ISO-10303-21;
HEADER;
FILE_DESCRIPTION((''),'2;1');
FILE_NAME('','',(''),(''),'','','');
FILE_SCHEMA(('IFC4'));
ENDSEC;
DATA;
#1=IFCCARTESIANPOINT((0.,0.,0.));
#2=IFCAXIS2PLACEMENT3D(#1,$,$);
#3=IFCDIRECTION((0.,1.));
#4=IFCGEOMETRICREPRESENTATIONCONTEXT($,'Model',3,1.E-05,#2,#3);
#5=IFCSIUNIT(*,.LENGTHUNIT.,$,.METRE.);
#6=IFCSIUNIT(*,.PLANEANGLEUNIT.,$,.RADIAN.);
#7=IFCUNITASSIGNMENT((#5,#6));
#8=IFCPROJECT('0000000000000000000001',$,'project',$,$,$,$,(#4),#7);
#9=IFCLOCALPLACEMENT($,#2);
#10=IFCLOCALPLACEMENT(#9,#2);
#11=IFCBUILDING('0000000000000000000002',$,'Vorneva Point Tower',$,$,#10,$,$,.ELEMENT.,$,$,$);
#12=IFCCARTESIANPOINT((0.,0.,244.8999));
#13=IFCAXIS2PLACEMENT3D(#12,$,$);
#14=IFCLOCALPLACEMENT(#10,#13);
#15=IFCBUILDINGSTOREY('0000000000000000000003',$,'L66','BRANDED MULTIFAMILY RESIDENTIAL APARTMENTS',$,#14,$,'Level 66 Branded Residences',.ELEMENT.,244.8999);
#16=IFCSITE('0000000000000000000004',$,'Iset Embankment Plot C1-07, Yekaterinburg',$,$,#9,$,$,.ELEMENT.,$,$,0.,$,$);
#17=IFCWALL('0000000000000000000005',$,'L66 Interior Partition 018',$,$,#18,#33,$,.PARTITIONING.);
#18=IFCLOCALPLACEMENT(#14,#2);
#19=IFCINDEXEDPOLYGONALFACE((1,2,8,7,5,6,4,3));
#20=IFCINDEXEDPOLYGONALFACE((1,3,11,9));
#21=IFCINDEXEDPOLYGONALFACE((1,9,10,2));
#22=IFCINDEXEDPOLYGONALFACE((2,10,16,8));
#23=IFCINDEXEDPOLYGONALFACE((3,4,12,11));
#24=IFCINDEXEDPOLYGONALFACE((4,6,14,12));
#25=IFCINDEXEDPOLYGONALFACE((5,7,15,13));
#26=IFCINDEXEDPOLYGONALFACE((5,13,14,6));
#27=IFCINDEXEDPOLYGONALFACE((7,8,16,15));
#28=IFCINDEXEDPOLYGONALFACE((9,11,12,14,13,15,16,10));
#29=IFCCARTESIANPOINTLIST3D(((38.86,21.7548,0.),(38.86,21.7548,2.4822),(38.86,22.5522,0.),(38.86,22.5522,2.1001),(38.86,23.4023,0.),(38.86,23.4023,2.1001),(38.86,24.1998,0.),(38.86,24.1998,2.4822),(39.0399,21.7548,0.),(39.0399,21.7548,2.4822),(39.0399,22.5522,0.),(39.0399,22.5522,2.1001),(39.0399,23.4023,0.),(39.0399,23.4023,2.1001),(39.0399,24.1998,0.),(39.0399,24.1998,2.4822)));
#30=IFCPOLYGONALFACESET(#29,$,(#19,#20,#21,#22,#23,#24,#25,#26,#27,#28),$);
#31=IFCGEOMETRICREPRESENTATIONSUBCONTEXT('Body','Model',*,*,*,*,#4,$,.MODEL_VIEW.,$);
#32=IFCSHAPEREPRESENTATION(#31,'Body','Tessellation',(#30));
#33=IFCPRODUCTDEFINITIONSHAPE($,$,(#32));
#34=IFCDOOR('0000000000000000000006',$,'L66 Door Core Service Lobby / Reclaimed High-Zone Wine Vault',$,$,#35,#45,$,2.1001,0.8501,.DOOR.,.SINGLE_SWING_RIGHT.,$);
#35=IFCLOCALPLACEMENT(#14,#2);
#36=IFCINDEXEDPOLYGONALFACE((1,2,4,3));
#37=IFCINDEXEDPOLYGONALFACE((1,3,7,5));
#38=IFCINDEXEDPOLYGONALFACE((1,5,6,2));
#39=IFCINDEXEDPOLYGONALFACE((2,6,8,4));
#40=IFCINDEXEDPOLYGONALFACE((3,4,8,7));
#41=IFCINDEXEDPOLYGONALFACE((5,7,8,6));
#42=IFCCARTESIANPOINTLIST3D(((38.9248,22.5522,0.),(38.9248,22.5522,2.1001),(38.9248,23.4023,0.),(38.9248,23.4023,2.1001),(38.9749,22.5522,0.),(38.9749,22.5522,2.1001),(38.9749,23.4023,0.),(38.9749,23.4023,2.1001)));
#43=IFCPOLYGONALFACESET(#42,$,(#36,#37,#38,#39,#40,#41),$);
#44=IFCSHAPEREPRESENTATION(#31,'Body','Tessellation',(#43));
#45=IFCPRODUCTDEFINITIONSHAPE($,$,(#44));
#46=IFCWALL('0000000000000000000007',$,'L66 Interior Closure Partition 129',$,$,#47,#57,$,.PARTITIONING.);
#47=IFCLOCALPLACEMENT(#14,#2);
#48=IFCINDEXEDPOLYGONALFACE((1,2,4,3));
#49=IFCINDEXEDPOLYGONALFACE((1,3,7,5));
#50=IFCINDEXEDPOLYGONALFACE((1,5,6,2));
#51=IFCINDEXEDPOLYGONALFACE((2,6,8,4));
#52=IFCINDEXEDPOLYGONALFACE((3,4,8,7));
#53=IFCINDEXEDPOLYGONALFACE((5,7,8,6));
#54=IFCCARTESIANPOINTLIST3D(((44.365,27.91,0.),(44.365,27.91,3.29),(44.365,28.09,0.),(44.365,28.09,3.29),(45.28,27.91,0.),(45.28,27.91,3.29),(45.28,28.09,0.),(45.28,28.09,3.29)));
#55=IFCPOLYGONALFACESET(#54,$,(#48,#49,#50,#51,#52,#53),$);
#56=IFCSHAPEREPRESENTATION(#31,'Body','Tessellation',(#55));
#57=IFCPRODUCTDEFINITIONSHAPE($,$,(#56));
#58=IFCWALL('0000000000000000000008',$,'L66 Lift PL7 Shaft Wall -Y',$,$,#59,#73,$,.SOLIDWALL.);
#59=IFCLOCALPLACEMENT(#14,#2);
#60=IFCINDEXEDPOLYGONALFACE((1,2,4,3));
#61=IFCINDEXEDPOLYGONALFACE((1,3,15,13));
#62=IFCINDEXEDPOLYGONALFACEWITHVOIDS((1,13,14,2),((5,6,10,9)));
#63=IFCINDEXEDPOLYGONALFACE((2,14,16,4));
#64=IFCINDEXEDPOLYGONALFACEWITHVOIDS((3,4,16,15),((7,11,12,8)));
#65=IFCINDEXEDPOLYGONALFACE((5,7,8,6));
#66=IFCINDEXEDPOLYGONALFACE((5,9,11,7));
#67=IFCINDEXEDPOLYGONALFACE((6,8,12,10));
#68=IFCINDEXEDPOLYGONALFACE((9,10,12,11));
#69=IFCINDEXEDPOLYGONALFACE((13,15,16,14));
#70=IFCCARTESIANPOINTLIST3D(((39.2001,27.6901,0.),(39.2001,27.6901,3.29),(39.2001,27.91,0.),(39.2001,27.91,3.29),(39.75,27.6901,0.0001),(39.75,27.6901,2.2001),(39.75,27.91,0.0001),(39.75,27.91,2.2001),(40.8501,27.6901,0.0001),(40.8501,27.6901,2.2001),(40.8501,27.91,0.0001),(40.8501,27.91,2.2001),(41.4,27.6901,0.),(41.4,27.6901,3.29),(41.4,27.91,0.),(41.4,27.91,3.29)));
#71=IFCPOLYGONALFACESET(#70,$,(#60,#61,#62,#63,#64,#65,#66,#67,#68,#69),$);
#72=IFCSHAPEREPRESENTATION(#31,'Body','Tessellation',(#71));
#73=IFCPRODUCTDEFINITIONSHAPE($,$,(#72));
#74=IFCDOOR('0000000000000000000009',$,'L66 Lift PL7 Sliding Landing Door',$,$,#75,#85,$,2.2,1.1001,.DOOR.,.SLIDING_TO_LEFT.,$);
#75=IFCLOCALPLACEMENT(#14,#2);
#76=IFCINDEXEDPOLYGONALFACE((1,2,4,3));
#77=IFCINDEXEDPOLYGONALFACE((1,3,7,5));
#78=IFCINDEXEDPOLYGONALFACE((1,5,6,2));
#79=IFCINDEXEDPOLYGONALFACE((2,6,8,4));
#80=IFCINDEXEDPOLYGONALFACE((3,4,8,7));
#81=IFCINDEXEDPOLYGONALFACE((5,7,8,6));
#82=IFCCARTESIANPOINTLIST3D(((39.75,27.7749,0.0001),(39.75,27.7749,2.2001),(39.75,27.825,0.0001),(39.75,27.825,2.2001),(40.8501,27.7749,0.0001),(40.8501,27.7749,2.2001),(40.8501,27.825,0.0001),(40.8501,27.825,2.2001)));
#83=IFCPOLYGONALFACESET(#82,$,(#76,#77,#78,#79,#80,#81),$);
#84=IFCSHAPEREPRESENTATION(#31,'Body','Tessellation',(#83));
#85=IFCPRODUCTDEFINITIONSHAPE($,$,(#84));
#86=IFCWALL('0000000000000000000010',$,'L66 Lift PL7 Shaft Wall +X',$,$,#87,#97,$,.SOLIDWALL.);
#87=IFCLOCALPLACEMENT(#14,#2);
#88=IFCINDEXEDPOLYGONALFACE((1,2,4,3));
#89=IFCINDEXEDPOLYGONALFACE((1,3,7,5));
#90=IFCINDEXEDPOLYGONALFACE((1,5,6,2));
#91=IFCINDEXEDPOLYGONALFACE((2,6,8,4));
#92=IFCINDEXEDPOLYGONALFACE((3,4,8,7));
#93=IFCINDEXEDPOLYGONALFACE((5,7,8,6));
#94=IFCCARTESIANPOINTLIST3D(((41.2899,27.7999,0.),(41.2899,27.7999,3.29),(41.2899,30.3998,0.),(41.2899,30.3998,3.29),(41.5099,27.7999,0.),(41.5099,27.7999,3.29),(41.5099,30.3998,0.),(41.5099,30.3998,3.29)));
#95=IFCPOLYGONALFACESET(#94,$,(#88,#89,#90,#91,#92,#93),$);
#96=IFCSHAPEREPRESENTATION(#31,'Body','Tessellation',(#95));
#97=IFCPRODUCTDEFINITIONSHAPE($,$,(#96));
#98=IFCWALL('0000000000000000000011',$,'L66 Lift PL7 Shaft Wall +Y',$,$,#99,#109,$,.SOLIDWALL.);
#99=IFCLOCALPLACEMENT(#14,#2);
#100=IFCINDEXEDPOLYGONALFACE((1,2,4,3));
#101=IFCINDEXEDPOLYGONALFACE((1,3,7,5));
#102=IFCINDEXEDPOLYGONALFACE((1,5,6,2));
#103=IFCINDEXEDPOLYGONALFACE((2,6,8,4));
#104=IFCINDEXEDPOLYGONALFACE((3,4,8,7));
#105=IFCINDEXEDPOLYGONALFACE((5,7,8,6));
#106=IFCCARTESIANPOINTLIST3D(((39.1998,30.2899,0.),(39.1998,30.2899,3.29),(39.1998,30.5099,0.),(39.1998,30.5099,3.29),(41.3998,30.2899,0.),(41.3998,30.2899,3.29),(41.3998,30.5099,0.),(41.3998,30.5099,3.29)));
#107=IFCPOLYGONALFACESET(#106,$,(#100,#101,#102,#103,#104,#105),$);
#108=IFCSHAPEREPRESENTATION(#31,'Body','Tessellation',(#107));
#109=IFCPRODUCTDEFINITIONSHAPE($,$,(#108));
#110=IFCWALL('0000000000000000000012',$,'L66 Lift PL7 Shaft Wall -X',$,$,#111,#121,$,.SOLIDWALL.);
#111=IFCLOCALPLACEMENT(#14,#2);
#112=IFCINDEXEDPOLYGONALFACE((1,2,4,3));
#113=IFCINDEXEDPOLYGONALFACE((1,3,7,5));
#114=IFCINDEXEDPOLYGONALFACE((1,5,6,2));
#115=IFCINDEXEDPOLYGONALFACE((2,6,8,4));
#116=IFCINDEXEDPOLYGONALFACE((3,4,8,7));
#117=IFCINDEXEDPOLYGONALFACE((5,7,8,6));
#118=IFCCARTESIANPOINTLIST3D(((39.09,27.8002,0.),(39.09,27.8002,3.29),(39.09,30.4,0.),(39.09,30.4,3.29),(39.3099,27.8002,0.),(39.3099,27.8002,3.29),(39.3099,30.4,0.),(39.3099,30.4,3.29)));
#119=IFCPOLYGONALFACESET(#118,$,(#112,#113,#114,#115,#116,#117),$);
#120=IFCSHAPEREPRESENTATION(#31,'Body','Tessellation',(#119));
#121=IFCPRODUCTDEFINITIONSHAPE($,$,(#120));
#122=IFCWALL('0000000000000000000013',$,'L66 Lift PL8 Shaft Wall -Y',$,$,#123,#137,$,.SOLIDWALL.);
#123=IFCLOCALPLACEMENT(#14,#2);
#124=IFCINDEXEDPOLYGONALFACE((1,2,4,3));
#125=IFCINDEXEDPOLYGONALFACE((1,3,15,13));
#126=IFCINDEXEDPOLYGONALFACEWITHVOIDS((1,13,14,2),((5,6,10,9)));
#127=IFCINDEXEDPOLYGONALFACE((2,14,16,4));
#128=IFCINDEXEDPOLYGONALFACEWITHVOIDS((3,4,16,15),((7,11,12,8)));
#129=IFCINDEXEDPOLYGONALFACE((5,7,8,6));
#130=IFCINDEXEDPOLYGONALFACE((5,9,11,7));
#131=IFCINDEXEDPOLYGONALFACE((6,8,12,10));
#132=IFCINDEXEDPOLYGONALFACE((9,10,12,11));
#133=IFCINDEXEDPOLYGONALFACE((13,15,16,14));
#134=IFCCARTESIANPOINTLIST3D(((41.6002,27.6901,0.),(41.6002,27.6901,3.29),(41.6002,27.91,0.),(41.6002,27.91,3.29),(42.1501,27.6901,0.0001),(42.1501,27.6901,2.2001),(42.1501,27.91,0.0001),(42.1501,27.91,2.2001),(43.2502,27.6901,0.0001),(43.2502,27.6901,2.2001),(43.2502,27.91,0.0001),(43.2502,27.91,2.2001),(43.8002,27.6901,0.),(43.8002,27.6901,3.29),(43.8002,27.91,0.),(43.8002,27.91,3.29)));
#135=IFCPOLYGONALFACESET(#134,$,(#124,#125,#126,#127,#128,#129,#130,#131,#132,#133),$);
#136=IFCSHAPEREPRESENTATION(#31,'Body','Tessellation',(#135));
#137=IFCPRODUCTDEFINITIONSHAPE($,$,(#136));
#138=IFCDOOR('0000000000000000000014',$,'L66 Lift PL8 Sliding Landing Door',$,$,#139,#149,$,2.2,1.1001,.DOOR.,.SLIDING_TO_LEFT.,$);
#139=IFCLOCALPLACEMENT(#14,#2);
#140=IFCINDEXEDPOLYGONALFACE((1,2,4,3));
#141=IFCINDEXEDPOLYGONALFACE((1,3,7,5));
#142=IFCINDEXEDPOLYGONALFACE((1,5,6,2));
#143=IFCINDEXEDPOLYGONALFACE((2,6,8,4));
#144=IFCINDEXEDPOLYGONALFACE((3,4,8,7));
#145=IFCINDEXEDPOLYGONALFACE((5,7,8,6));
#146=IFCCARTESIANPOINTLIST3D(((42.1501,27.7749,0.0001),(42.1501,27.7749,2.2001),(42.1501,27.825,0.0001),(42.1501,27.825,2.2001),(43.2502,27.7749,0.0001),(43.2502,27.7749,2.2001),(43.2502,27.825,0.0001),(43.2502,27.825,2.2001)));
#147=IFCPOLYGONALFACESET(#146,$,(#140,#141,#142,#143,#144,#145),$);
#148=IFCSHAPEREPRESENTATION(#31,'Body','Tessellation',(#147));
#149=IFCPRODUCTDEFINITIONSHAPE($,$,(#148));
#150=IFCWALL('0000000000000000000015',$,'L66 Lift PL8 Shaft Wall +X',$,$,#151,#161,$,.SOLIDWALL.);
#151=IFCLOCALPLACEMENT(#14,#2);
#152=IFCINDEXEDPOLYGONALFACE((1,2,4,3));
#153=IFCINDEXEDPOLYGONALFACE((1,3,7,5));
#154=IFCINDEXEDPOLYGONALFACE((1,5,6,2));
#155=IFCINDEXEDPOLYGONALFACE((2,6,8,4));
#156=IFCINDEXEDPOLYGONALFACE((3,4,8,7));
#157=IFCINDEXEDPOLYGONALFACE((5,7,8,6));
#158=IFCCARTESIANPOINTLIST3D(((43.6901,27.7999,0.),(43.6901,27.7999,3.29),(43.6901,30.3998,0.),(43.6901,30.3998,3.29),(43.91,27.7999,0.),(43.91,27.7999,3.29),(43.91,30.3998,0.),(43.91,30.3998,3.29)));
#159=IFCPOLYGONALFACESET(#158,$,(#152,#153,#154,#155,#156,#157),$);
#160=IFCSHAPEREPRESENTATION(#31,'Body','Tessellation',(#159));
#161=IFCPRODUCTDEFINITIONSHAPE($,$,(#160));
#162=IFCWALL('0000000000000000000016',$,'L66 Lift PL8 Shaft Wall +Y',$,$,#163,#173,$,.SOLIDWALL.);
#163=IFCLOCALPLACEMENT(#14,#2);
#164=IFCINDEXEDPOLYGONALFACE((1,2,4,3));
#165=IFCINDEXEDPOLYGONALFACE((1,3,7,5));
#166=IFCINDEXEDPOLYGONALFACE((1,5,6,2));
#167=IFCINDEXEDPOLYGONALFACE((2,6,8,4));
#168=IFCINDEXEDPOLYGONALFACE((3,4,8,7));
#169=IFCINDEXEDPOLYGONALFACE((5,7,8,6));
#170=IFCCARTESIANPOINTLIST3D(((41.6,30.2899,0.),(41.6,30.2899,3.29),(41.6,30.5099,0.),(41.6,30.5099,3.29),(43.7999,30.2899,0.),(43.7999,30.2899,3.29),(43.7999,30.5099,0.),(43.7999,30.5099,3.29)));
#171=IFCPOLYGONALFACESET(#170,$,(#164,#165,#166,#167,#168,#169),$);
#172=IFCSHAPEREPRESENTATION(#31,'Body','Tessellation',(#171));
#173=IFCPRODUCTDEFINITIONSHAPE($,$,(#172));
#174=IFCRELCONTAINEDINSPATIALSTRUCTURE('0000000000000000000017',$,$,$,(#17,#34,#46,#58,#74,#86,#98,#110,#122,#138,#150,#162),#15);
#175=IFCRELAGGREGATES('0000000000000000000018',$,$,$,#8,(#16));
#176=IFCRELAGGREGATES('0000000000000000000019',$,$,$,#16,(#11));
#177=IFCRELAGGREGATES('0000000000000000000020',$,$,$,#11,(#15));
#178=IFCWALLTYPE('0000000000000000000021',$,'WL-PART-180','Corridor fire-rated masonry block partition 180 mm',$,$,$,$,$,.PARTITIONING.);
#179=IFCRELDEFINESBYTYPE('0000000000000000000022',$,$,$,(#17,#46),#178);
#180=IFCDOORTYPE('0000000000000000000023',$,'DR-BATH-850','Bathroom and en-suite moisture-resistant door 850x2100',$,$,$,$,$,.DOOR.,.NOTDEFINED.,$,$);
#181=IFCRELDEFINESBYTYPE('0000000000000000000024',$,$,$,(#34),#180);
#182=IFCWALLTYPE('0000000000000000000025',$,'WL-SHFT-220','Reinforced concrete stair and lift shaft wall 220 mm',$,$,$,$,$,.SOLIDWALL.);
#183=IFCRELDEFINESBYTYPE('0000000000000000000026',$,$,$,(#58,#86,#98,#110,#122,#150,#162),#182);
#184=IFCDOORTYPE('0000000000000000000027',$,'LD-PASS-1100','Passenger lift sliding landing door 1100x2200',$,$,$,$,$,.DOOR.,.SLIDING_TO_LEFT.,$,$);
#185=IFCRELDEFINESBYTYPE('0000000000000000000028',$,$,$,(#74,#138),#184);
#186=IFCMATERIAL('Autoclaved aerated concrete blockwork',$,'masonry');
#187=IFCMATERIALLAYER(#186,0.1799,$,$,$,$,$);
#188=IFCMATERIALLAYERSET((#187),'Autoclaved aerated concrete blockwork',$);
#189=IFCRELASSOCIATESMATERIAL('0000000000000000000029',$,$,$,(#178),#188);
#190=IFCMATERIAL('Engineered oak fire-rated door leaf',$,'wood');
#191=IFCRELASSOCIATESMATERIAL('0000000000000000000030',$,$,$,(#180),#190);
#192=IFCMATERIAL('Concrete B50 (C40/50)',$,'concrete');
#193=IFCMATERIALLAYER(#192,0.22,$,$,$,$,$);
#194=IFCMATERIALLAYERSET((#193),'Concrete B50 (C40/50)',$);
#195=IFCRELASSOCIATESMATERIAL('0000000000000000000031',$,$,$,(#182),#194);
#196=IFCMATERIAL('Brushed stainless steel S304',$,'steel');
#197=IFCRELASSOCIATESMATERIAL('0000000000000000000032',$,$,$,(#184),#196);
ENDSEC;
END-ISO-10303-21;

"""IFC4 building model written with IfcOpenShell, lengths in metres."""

from ifc_helpers import new_model, si_unit, direction, frame, frame_2d, origin, place, context, subcontext, project, spatial, rectangle, extrude, material, layer, layer_set, type_object, element, fill, save


model = new_model("IFC4")

# Units and contexts
model_context = context("Model", 3, precision=1e-05, world=origin(), true_north=direction((0.0, 1.0)))
body_context = subcontext(model_context, "Body", "Model", "MODEL_VIEW")
ifc_project = project(units=[si_unit("LENGTHUNIT", "METRE"), si_unit("PLANEANGLEUNIT", "RADIAN")], contexts=[model_context])

# Site, building, storey
site_placement = place(None, origin())
site = spatial("IfcSite", under=ifc_project, at=site_placement, Name="Iset Embankment Plot C1-07, Yekaterinburg", CompositionType="ELEMENT", RefElevation=0.0)
building_placement = place(site_placement, origin())
building = spatial("IfcBuilding", under=site, at=building_placement, Name="Vorneva Point Tower", CompositionType="ELEMENT")
storey_placement = place(building_placement, frame((0.0, 0.0, 244.8999)))
storey = spatial("IfcBuildingStorey", under=building, at=storey_placement, Name="L66", Description="BRANDED MULTIFAMILY RESIDENTIAL APARTMENTS", LongName="Level 66 Branded Residences", CompositionType="ELEMENT", Elevation=244.8999)

# Shared definitions
ifc_material_1 = material(Name="Concrete B50 (C40/50)", Category="concrete")

# Shared definitions
ifc_material_2 = material(Name="Brushed stainless steel S304", Category="steel")

# Wall, opening, door
ifc_material_3 = material(Name="Autoclaved aerated concrete blockwork", Category="masonry")
ifc_layer_1 = layer(ifc_material_3, 0.1799)
ifc_layer_set_1 = layer_set([ifc_layer_1], Name="Autoclaved aerated concrete blockwork")
wall_type_1 = type_object("IfcWallType", Name="WL-PART-180", Description="Corridor fire-rated masonry block partition 180 mm", PredefinedType="PARTITIONING", material=ifc_layer_set_1)
ifc_material_4 = material(Name="Engineered oak fire-rated door leaf", Category="wood")
door_type_1 = type_object("IfcDoorType", Name="DR-BATH-850", Description="Bathroom and en-suite moisture-resistant door 850x2100", OperationType="NOTDEFINED", PredefinedType="DOOR", material=ifc_material_4)
wall_1_placement = place(storey_placement, frame((38.95, 24.2, 0.0), z_axis=(0.0, 0.0, 1.0), x_axis=(0.0, -1.0, 0.0)))
wall_1 = element("IfcWall", 1, at=wall_1_placement, inside=storey, type_object=wall_type_1, Name="L66 Interior Partition 018", PredefinedType="PARTITIONING", context=body_context, shape_type="SweptSolid", body=[
    extrude(rectangle(XDim=2.4451, YDim=0.1799, at=frame_2d((1.2227, 0.0))), origin(), (0.0, 0.0, 1.0), 2.4822),
])
opening_1_placement = place(wall_1_placement, frame((0.7976, 0.0, 0.0)))
opening_1 = element("IfcOpeningElement", 2, at=opening_1_placement, cuts=wall_1, PredefinedType="OPENING", context=body_context, shape_type="SweptSolid", body=[
    extrude(rectangle(XDim=0.8501, YDim=2.1001, at=frame_2d((0.425, 1.05))), frame((0.0, 0.105, 0.0), z_axis=(0.0, -1.0, 0.0), x_axis=(1.0, 0.0, 0.0)), (0.0, 0.0, 1.0), 0.2097),
])
door_1_placement = place(opening_1_placement, origin())
door_1 = element("IfcDoor", 3, at=door_1_placement, inside=storey, type_object=door_type_1, Name="L66 Door Core Service Lobby / Reclaimed High-Zone Wine Vault", OperationType="SINGLE_SWING_RIGHT", OverallHeight=2.1001, OverallWidth=0.8501, PredefinedType="DOOR", context=body_context, shape_type="SweptSolid", body=[
    extrude(rectangle(XDim=0.8501, YDim=2.1001, at=frame_2d((0.425, 1.05))), frame((0.0, 0.0249, 0.0), z_axis=(0.0, -1.0, 0.0), x_axis=(1.0, 0.0, 0.0)), (0.0, 0.0, 1.0), 0.05),
])
fill(opening_1, door_1)

# Wall
wall_2_placement = place(storey_placement, frame((45.28, 28.0, 0.0), z_axis=(0.0, 0.0, 1.0), x_axis=(-1.0, 0.0, 0.0)))
element("IfcWall", 4, at=wall_2_placement, inside=storey, type_object=wall_type_1, Name="L66 Interior Closure Partition 129", PredefinedType="PARTITIONING", context=body_context, shape_type="SweptSolid", body=[
    extrude(rectangle(XDim=0.915, YDim=0.1799, at=frame_2d((0.4575, 0.0))), origin(), (0.0, 0.0, 1.0), 3.29),
])

# Wall, opening, door
ifc_layer_2 = layer(ifc_material_1, 0.22)
ifc_layer_set_2 = layer_set([ifc_layer_2], Name="Concrete B50 (C40/50)")
wall_type_2 = type_object("IfcWallType", Name="WL-SHFT-220", Description="Reinforced concrete stair and lift shaft wall 220 mm", PredefinedType="SOLIDWALL", material=ifc_layer_set_2)
wall_3_placement = place(storey_placement, frame((39.2, 27.8, 0.0), z_axis=(0.0, 0.0, 1.0), x_axis=(1.0, 0.0, 0.0)))
wall_3 = element("IfcWall", 5, at=wall_3_placement, inside=storey, type_object=wall_type_2, Name="L66 Lift PL7 Shaft Wall -Y", PredefinedType="SOLIDWALL", context=body_context, shape_type="SweptSolid", body=[
    extrude(rectangle(XDim=2.2, YDim=0.22, at=frame_2d((1.1001, 0.0))), origin(), (0.0, 0.0, 1.0), 3.29),
])
opening_2_placement = place(wall_3_placement, frame((0.55, 0.0, 0.0)))
opening_2 = element("IfcOpeningElement", 6, at=opening_2_placement, cuts=wall_3, PredefinedType="OPENING", context=body_context, shape_type="SweptSolid", body=[
    extrude(rectangle(XDim=1.1001, YDim=2.2, at=frame_2d((0.55, 1.1001))), frame((0.0, 0.125, 0.0), z_axis=(0.0, -1.0, 0.0), x_axis=(1.0, 0.0, 0.0)), (0.0, 0.0, 1.0), 0.2498),
])
door_type_2 = type_object("IfcDoorType", Name="LD-PASS-1100", Description="Passenger lift sliding landing door 1100x2200", OperationType="SLIDING_TO_LEFT", PredefinedType="DOOR", material=ifc_material_2)
door_2_placement = place(opening_2_placement, origin())
door_2 = element("IfcDoor", 7, at=door_2_placement, inside=storey, type_object=door_type_2, Name="L66 Lift PL7 Sliding Landing Door", OperationType="SLIDING_TO_LEFT", OverallHeight=2.2, OverallWidth=1.1001, PredefinedType="DOOR", context=body_context, shape_type="SweptSolid", body=[
    extrude(rectangle(XDim=1.1001, YDim=2.2, at=frame_2d((0.55, 1.1001))), frame((0.0, 0.0249, 0.0), z_axis=(0.0, -1.0, 0.0), x_axis=(1.0, 0.0, 0.0)), (0.0, 0.0, 1.0), 0.05),
])
fill(opening_2, door_2)

# Walls
wall_4_placement = place(storey_placement, frame((41.3999, 27.8, 0.0), z_axis=(0.0, 0.0, 1.0), x_axis=(0.0, 1.0, 0.0)))
element("IfcWall", 8, at=wall_4_placement, inside=storey, type_object=wall_type_2, Name="L66 Lift PL7 Shaft Wall +X", PredefinedType="SOLIDWALL", context=body_context, shape_type="SweptSolid", body=[
    extrude(rectangle(XDim=2.5999, YDim=0.22, at=frame_2d((1.2998, 0.0))), origin(), (0.0, 0.0, 1.0), 3.29),
])
wall_5_placement = place(storey_placement, frame((41.3999, 30.3999, 0.0), z_axis=(0.0, 0.0, 1.0), x_axis=(-1.0, 0.0, 0.0)))
element("IfcWall", 9, at=wall_5_placement, inside=storey, type_object=wall_type_2, Name="L66 Lift PL7 Shaft Wall +Y", PredefinedType="SOLIDWALL", context=body_context, shape_type="SweptSolid", body=[
    extrude(rectangle(XDim=2.2, YDim=0.22, at=frame_2d((1.1001, 0.0))), origin(), (0.0, 0.0, 1.0), 3.29),
])
wall_6_placement = place(storey_placement, frame((39.2, 30.3999, 0.0), z_axis=(0.0, 0.0, 1.0), x_axis=(0.0, -1.0, 0.0)))
element("IfcWall", 10, at=wall_6_placement, inside=storey, type_object=wall_type_2, Name="L66 Lift PL7 Shaft Wall -X", PredefinedType="SOLIDWALL", context=body_context, shape_type="SweptSolid", body=[
    extrude(rectangle(XDim=2.5999, YDim=0.22, at=frame_2d((1.2998, 0.0))), origin(), (0.0, 0.0, 1.0), 3.29),
])

# Wall, opening, door
wall_7_placement = place(storey_placement, frame((41.6001, 27.8, 0.0), z_axis=(0.0, 0.0, 1.0), x_axis=(1.0, 0.0, 0.0)))
wall_7 = element("IfcWall", 11, at=wall_7_placement, inside=storey, type_object=wall_type_2, Name="L66 Lift PL8 Shaft Wall -Y", PredefinedType="SOLIDWALL", context=body_context, shape_type="SweptSolid", body=[
    extrude(rectangle(XDim=2.2, YDim=0.22, at=frame_2d((1.1001, 0.0))), origin(), (0.0, 0.0, 1.0), 3.29),
])
opening_3_placement = place(wall_7_placement, frame((0.55, 0.0, 0.0)))
opening_3 = element("IfcOpeningElement", 12, at=opening_3_placement, cuts=wall_7, PredefinedType="OPENING", context=body_context, shape_type="SweptSolid", body=[
    extrude(rectangle(XDim=1.1001, YDim=2.2, at=frame_2d((0.55, 1.1001))), frame((0.0, 0.125, 0.0), z_axis=(0.0, -1.0, 0.0), x_axis=(1.0, 0.0, 0.0)), (0.0, 0.0, 1.0), 0.2498),
])
door_3_placement = place(opening_3_placement, origin())
door_3 = element("IfcDoor", 13, at=door_3_placement, inside=storey, type_object=door_type_2, Name="L66 Lift PL8 Sliding Landing Door", OperationType="SLIDING_TO_LEFT", OverallHeight=2.2, OverallWidth=1.1001, PredefinedType="DOOR", context=body_context, shape_type="SweptSolid", body=[
    extrude(rectangle(XDim=1.1001, YDim=2.2, at=frame_2d((0.55, 1.1001))), frame((0.0, 0.0249, 0.0), z_axis=(0.0, -1.0, 0.0), x_axis=(1.0, 0.0, 0.0)), (0.0, 0.0, 1.0), 0.05),
])
fill(opening_3, door_3)

# Walls
wall_8_placement = place(storey_placement, frame((43.8, 27.8, 0.0), z_axis=(0.0, 0.0, 1.0), x_axis=(0.0, 1.0, 0.0)))
element("IfcWall", 14, at=wall_8_placement, inside=storey, type_object=wall_type_2, Name="L66 Lift PL8 Shaft Wall +X", PredefinedType="SOLIDWALL", context=body_context, shape_type="SweptSolid", body=[
    extrude(rectangle(XDim=2.5999, YDim=0.22, at=frame_2d((1.2998, 0.0))), origin(), (0.0, 0.0, 1.0), 3.29),
])
wall_9_placement = place(storey_placement, frame((43.8, 30.3999, 0.0), z_axis=(0.0, 0.0, 1.0), x_axis=(-1.0, 0.0, 0.0)))
element("IfcWall", 15, at=wall_9_placement, inside=storey, type_object=wall_type_2, Name="L66 Lift PL8 Shaft Wall +Y", PredefinedType="SOLIDWALL", context=body_context, shape_type="SweptSolid", body=[
    extrude(rectangle(XDim=2.2, YDim=0.22, at=frame_2d((1.1001, 0.0))), origin(), (0.0, 0.0, 1.0), 3.29),
])

save(model, "model.ifc")
